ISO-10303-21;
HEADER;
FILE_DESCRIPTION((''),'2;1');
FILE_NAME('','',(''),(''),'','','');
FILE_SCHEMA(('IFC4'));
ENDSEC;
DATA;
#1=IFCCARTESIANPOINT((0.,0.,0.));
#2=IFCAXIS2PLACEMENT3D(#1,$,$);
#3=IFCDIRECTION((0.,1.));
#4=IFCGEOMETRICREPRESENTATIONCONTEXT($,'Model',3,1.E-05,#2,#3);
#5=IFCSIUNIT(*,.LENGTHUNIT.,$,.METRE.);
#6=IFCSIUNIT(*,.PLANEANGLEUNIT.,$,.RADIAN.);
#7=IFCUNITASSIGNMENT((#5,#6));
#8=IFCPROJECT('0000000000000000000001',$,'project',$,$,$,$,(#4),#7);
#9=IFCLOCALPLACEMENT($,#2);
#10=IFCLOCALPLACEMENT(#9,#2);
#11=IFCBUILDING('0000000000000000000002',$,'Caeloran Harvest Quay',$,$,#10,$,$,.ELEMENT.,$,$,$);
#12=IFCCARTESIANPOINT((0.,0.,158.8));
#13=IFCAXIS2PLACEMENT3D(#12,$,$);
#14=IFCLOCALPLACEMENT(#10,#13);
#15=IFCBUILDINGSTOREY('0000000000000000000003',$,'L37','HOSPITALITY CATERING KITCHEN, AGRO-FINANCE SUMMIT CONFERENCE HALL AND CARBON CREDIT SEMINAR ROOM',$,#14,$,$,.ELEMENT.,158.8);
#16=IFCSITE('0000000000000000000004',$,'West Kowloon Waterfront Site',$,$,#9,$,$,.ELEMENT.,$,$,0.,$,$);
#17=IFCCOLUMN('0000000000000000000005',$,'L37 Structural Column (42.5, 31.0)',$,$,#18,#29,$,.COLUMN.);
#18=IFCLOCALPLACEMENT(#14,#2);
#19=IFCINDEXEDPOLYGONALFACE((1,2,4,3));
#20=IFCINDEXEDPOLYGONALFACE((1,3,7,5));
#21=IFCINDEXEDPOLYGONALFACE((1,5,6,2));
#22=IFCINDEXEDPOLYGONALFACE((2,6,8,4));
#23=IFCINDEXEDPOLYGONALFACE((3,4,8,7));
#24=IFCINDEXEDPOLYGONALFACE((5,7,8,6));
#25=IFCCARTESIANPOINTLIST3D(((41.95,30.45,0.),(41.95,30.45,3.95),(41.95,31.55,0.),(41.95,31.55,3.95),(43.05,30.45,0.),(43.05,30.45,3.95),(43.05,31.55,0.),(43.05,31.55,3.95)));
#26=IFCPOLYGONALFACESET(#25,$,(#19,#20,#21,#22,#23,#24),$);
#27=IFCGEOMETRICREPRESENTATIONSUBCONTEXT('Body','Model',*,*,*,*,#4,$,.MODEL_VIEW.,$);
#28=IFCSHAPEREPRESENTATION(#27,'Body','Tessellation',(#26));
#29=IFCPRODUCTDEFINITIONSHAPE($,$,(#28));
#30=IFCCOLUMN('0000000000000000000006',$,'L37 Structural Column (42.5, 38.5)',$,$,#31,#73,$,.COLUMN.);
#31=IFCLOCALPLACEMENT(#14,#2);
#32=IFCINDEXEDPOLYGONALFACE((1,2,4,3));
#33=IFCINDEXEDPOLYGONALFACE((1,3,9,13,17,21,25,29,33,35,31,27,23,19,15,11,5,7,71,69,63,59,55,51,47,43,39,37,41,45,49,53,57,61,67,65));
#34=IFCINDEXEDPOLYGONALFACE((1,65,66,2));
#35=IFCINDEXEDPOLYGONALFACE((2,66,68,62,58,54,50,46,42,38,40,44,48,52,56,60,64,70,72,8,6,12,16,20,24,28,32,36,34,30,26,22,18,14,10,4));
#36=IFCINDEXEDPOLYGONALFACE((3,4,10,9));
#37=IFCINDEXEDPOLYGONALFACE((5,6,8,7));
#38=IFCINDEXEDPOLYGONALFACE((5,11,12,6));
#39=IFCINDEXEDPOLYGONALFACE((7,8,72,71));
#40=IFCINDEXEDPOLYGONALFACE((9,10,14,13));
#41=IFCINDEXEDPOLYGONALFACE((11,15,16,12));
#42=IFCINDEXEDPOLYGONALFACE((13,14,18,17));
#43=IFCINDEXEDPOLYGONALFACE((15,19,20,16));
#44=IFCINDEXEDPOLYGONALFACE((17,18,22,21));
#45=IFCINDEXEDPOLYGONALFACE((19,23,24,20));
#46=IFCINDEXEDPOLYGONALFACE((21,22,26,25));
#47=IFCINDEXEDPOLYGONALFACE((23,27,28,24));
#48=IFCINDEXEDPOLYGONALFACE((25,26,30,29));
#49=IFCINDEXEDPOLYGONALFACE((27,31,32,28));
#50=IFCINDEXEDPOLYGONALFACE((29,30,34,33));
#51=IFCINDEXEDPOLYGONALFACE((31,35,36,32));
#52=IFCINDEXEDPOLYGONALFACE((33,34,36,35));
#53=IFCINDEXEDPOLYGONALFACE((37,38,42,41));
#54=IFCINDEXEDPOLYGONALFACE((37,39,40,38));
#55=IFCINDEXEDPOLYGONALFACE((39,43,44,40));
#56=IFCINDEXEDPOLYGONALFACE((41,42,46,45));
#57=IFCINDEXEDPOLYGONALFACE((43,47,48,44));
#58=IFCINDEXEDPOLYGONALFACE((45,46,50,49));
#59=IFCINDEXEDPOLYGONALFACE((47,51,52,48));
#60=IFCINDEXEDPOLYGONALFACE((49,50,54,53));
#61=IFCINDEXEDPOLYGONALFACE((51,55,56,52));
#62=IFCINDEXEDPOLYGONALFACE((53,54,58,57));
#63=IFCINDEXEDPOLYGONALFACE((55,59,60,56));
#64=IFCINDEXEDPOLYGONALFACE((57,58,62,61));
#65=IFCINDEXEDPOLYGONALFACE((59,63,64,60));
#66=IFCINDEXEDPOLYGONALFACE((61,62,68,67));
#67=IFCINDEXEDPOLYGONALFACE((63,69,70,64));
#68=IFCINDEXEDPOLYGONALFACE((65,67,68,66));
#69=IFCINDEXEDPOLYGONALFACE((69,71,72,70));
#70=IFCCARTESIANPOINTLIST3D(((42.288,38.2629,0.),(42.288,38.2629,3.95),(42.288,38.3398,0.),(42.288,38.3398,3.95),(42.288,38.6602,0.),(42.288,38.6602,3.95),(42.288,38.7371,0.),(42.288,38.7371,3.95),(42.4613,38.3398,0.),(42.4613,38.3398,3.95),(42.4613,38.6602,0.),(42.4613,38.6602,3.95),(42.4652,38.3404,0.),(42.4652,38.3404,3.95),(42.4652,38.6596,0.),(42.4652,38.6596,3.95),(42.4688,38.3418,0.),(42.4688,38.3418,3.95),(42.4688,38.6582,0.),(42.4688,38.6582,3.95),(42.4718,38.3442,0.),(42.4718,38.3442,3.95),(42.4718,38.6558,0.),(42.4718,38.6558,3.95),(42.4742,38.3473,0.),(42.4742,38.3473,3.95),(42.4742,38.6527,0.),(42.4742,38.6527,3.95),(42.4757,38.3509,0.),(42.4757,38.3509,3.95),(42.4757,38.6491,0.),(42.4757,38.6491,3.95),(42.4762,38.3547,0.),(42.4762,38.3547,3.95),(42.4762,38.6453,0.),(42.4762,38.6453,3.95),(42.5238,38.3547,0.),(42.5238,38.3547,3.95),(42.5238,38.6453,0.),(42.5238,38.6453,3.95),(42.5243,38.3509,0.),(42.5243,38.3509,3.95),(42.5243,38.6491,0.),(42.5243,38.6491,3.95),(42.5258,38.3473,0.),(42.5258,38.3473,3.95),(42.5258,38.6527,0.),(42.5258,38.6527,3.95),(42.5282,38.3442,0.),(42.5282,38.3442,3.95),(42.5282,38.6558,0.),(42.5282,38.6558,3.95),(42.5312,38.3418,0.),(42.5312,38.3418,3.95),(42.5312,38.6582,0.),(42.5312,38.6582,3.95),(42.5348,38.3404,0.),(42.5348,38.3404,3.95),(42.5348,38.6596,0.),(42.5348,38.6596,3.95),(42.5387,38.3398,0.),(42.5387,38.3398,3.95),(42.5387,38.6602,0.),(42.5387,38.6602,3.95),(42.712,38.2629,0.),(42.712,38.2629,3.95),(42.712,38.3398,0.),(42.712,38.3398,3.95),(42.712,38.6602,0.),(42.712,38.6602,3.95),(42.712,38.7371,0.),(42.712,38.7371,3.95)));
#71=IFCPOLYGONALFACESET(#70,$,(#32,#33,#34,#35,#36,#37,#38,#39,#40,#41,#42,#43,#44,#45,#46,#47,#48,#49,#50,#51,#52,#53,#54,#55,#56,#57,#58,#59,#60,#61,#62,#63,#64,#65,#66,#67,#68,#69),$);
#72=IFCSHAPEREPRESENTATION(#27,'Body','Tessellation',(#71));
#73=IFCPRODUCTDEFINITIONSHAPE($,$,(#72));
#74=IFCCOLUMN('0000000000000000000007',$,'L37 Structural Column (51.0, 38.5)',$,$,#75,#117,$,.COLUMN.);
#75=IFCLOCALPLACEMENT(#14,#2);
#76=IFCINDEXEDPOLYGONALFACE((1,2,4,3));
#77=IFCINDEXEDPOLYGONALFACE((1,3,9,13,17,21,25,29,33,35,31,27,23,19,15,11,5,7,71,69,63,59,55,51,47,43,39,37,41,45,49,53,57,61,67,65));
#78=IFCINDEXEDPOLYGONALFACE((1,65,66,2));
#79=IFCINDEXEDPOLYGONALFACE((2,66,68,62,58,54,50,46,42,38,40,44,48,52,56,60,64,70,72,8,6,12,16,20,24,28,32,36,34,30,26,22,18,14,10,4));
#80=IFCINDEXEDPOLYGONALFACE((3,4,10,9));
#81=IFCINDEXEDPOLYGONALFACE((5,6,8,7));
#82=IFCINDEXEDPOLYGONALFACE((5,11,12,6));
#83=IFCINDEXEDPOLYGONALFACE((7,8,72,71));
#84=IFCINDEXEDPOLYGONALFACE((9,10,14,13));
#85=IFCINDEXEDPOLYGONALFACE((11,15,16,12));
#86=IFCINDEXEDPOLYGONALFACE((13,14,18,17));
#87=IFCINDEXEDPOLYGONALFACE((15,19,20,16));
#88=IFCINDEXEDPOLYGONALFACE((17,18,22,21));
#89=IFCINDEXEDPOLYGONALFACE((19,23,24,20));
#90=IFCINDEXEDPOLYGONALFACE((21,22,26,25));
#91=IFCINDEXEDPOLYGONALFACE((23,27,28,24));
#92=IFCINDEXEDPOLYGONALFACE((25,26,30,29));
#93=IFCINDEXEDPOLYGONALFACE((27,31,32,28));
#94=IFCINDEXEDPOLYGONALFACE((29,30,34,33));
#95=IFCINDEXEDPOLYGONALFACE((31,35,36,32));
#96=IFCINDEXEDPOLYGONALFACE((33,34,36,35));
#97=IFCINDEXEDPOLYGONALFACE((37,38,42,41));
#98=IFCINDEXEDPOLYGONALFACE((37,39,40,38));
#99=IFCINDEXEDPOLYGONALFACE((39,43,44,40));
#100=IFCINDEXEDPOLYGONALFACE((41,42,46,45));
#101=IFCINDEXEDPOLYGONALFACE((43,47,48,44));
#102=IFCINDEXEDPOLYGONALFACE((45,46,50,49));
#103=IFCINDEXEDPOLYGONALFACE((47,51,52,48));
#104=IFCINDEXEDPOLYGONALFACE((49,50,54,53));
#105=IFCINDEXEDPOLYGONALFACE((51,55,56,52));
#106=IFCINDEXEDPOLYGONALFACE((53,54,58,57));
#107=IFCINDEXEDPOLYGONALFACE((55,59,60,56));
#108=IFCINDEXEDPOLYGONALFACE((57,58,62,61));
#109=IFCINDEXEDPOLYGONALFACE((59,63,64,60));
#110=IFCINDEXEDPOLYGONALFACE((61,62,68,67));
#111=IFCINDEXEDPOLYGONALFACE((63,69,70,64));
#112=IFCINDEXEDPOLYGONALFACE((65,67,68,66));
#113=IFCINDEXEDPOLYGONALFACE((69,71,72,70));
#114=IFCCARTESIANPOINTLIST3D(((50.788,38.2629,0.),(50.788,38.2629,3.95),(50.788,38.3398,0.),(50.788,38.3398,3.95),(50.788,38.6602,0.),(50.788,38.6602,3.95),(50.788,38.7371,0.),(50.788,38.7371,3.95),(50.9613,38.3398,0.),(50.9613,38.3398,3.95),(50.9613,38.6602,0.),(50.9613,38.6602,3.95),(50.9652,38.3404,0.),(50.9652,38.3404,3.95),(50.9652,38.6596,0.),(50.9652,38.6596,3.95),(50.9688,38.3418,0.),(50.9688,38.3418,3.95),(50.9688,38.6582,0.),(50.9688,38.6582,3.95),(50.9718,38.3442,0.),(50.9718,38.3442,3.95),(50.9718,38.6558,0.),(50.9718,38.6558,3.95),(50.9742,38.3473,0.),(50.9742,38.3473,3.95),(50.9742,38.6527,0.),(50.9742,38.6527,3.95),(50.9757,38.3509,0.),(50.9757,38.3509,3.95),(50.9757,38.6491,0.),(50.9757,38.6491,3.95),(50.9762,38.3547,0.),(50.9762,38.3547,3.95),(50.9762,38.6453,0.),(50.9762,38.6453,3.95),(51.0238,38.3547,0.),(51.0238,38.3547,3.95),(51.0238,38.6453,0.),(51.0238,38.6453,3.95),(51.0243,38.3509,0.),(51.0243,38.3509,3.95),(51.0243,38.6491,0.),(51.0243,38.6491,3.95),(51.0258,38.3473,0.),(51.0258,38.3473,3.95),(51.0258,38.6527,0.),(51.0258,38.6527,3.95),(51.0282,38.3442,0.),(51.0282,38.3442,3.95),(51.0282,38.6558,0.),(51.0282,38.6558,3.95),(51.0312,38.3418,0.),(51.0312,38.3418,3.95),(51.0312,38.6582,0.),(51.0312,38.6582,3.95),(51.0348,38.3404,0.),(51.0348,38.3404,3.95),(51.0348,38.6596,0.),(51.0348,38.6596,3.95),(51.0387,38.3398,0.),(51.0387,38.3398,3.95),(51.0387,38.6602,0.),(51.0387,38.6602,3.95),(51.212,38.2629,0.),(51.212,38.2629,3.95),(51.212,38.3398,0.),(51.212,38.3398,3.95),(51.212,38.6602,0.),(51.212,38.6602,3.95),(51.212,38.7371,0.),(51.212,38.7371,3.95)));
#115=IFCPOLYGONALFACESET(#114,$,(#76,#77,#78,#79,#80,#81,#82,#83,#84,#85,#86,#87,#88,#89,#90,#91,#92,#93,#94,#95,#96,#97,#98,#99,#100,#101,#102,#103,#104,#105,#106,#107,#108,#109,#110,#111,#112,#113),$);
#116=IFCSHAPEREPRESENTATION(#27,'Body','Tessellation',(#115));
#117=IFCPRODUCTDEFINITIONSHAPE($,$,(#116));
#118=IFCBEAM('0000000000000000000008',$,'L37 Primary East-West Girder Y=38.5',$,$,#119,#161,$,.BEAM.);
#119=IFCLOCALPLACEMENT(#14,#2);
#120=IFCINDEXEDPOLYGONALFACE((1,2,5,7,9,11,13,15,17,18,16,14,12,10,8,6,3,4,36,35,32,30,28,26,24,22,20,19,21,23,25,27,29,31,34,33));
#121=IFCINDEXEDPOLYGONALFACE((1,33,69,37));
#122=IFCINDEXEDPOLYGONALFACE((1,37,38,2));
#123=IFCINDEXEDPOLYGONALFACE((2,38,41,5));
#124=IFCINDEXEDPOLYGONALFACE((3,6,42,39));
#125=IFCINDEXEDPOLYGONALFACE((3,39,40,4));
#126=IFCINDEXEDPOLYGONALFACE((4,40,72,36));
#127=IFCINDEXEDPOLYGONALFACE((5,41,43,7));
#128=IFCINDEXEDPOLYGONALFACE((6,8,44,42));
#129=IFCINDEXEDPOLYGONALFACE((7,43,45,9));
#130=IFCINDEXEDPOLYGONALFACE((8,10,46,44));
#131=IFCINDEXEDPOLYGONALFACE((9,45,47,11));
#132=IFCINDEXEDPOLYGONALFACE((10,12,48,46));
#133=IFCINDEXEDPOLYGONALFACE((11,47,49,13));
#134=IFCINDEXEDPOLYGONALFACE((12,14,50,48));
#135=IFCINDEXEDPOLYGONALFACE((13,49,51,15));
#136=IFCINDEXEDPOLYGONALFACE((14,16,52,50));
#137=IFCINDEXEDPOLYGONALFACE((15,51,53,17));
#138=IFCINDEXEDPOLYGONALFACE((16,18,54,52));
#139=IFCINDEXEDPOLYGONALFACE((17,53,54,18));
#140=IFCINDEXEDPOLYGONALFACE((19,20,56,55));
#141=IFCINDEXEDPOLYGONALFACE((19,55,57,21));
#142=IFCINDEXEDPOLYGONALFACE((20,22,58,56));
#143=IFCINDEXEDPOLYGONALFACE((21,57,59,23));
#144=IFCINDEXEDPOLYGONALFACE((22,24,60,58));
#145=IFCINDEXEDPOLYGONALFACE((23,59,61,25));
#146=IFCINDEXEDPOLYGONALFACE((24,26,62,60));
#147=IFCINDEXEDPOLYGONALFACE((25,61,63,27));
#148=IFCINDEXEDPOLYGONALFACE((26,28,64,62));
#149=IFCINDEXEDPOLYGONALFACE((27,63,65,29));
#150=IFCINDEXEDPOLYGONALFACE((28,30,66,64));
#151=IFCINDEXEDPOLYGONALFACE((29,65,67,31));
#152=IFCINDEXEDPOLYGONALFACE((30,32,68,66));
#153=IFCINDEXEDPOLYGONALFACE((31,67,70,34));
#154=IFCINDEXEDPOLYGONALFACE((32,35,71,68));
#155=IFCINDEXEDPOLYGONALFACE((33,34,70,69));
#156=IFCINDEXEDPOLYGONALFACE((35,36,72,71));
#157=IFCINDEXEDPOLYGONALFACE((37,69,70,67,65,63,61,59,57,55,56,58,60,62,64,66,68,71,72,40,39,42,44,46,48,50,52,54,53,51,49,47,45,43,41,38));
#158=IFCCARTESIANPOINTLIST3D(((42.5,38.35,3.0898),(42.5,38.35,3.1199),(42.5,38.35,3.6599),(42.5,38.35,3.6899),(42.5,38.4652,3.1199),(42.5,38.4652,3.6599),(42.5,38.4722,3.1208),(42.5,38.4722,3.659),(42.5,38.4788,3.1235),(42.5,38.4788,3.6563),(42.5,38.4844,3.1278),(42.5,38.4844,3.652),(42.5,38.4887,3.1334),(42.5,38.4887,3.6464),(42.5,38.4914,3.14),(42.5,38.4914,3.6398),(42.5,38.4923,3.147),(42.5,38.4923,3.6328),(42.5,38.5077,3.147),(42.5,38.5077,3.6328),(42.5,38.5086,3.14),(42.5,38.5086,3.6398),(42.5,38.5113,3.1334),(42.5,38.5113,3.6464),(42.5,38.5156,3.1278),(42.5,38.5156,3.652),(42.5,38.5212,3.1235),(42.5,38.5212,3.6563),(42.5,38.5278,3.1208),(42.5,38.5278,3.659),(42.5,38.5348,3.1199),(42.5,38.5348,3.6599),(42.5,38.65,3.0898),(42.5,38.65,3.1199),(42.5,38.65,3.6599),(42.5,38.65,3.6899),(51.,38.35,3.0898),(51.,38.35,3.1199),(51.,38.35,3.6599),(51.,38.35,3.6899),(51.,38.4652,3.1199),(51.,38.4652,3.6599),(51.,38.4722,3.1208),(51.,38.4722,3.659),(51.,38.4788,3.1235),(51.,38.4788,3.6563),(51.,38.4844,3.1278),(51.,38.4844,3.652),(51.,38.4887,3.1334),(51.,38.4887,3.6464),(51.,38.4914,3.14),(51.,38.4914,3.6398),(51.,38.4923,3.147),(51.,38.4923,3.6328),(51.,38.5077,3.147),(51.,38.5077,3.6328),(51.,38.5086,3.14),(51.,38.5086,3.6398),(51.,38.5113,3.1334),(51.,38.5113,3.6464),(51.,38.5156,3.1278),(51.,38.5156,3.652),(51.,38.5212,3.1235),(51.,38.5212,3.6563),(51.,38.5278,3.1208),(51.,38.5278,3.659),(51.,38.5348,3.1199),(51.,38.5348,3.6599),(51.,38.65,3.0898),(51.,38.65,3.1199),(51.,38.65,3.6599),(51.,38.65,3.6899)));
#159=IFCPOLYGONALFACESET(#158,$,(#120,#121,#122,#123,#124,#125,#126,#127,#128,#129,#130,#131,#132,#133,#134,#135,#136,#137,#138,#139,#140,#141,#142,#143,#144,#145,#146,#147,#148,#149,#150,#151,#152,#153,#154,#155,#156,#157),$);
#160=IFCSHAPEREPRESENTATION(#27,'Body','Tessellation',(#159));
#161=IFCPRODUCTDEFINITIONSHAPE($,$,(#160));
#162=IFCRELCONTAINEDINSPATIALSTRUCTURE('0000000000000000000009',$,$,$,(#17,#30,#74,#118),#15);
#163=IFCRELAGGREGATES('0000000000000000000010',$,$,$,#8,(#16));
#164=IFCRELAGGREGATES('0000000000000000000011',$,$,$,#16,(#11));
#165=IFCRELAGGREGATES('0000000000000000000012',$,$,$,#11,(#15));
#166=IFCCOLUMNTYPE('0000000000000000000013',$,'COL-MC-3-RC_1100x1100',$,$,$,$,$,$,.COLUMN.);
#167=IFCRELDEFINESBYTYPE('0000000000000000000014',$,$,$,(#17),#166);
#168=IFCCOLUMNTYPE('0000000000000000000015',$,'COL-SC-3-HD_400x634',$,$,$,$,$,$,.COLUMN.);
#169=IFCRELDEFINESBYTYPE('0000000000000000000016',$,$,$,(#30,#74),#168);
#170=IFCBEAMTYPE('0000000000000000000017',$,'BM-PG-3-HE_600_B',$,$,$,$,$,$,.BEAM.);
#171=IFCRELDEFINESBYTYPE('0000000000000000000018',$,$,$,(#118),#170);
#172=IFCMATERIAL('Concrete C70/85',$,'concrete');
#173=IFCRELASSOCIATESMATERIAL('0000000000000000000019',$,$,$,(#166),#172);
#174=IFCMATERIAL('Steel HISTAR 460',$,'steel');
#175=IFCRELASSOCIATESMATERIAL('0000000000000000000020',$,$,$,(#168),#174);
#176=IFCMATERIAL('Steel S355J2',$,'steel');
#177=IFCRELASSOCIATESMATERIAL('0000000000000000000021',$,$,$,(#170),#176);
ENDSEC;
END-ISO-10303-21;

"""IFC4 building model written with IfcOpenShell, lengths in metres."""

from ifc_helpers import new_model, si_unit, direction, frame, origin, origin_2d, place, context, subcontext, project, spatial, rectangle, i_section, extrude, material, material_profile, profile_set, type_object, element, save


model = new_model("IFC4")

# Units and contexts
model_context = context("Model", 3, precision=1e-05, world=origin(), true_north=direction((0.0, 1.0)))
body_context = subcontext(model_context, "Body", "Model", "MODEL_VIEW")
ifc_project = project(units=[si_unit("LENGTHUNIT", "METRE"), si_unit("PLANEANGLEUNIT", "RADIAN")], contexts=[model_context])

# Site, building, storey
site_placement = place(None, origin())
site = spatial("IfcSite", under=ifc_project, at=site_placement, Name="West Kowloon Waterfront Site", CompositionType="ELEMENT", RefElevation=0.0)
building_placement = place(site_placement, origin())
building = spatial("IfcBuilding", under=site, at=building_placement, Name="Caeloran Harvest Quay", CompositionType="ELEMENT")
storey_placement = place(building_placement, frame((0.0, 0.0, 158.8)))
storey = spatial("IfcBuildingStorey", under=building, at=storey_placement, Name="L37", Description="HOSPITALITY CATERING KITCHEN, AGRO-FINANCE SUMMIT CONFERENCE HALL AND CARBON CREDIT SEMINAR ROOM", CompositionType="ELEMENT", Elevation=158.8)

# Columns
ifc_material_1 = material(Name="Concrete C70/85", Category="concrete")
ifc_material_profile_1 = material_profile(ifc_material_1, rectangle(XDim=1.1001, YDim=1.1001, at=origin_2d()), Name="RC 1100x1100")
ifc_profile_set_1 = profile_set([ifc_material_profile_1], Name="Concrete C70/85")
column_type_1 = type_object("IfcColumnType", Name="COL-MC-3-RC_1100x1100", PredefinedType="COLUMN", material=ifc_profile_set_1)
column_placement = place(storey_placement, frame((42.5, 31.0, 0.0), z_axis=(0.0, 0.0, 1.0), x_axis=(1.0, 0.0, 0.0)))
element("IfcColumn", 1, at=column_placement, inside=storey, type_object=column_type_1, Name="L37 Structural Column (42.5, 31.0)", PredefinedType="COLUMN", context=body_context, shape_type="SweptSolid", body=[
    extrude(rectangle(XDim=1.1001, YDim=1.1001, at=origin_2d()), origin(), (0.0, 0.0, 1.0), 3.95),
])
ifc_material_2 = material(Name="Steel HISTAR 460", Category="steel")
ifc_material_profile_2 = material_profile(ifc_material_2, i_section(OverallWidth=0.4241, OverallDepth=0.4741, WebThickness=0.0476, FlangeThickness=0.0769, FilletRadius=0.0149, at=origin_2d()), Name="HD 400x634")
ifc_profile_set_2 = profile_set([ifc_material_profile_2], Name="Steel HISTAR 460")
column_type_2 = type_object("IfcColumnType", Name="COL-SC-3-HD_400x634", PredefinedType="COLUMN", material=ifc_profile_set_2)
for number, where, z_axis, x_axis, name in (
    (2, (42.5, 38.5, 0.0), (0.0, 0.0, 1.0), (1.0, 0.0, 0.0), "L37 Structural Column (42.5, 38.5)"),
    (3, (51.0, 38.5, 0.0), (0.0, 0.0, 1.0), (1.0, 0.0, 0.0), "L37 Structural Column (51.0, 38.5)"),
):
    element("IfcColumn", number, at=place(storey_placement, frame(where, z_axis=z_axis, x_axis=x_axis)), inside=storey, type_object=column_type_2, Name=name, PredefinedType="COLUMN", context=body_context, shape_type="SweptSolid", body=[
        extrude(i_section(OverallWidth=0.4241, OverallDepth=0.4741, WebThickness=0.0476, FlangeThickness=0.0769, FilletRadius=0.0149, at=origin_2d()), origin(), (0.0, 0.0, 1.0), 3.95),
    ])

# Beam
ifc_material_3 = material(Name="Steel S355J2", Category="steel")
ifc_material_profile_3 = material_profile(ifc_material_3, i_section(OverallWidth=0.3, OverallDepth=0.6001, WebThickness=0.0154, FlangeThickness=0.03, FilletRadius=0.0271, at=origin_2d()), Name="HE 600 B")
ifc_profile_set_3 = profile_set([ifc_material_profile_3], Name="Steel S355J2")
beam_type = type_object("IfcBeamType", Name="BM-PG-3-HE_600_B", PredefinedType="BEAM", material=ifc_profile_set_3)
beam_1_placement = place(storey_placement, frame((42.5, 38.5, 3.3899), z_axis=(1.0, 0.0, 0.0), x_axis=(0.0, 1.0, 0.0)))
element("IfcBeam", 4, at=beam_1_placement, inside=storey, type_object=beam_type, Name="L37 Primary East-West Girder Y=38.5", PredefinedType="BEAM", context=body_context, shape_type="SweptSolid", body=[
    extrude(i_section(OverallWidth=0.3, OverallDepth=0.6001, WebThickness=0.0154, FlangeThickness=0.03, FilletRadius=0.0271, at=origin_2d()), origin(), (0.0, 0.0, 1.0), 8.5),
])

save(model, "model.ifc")
